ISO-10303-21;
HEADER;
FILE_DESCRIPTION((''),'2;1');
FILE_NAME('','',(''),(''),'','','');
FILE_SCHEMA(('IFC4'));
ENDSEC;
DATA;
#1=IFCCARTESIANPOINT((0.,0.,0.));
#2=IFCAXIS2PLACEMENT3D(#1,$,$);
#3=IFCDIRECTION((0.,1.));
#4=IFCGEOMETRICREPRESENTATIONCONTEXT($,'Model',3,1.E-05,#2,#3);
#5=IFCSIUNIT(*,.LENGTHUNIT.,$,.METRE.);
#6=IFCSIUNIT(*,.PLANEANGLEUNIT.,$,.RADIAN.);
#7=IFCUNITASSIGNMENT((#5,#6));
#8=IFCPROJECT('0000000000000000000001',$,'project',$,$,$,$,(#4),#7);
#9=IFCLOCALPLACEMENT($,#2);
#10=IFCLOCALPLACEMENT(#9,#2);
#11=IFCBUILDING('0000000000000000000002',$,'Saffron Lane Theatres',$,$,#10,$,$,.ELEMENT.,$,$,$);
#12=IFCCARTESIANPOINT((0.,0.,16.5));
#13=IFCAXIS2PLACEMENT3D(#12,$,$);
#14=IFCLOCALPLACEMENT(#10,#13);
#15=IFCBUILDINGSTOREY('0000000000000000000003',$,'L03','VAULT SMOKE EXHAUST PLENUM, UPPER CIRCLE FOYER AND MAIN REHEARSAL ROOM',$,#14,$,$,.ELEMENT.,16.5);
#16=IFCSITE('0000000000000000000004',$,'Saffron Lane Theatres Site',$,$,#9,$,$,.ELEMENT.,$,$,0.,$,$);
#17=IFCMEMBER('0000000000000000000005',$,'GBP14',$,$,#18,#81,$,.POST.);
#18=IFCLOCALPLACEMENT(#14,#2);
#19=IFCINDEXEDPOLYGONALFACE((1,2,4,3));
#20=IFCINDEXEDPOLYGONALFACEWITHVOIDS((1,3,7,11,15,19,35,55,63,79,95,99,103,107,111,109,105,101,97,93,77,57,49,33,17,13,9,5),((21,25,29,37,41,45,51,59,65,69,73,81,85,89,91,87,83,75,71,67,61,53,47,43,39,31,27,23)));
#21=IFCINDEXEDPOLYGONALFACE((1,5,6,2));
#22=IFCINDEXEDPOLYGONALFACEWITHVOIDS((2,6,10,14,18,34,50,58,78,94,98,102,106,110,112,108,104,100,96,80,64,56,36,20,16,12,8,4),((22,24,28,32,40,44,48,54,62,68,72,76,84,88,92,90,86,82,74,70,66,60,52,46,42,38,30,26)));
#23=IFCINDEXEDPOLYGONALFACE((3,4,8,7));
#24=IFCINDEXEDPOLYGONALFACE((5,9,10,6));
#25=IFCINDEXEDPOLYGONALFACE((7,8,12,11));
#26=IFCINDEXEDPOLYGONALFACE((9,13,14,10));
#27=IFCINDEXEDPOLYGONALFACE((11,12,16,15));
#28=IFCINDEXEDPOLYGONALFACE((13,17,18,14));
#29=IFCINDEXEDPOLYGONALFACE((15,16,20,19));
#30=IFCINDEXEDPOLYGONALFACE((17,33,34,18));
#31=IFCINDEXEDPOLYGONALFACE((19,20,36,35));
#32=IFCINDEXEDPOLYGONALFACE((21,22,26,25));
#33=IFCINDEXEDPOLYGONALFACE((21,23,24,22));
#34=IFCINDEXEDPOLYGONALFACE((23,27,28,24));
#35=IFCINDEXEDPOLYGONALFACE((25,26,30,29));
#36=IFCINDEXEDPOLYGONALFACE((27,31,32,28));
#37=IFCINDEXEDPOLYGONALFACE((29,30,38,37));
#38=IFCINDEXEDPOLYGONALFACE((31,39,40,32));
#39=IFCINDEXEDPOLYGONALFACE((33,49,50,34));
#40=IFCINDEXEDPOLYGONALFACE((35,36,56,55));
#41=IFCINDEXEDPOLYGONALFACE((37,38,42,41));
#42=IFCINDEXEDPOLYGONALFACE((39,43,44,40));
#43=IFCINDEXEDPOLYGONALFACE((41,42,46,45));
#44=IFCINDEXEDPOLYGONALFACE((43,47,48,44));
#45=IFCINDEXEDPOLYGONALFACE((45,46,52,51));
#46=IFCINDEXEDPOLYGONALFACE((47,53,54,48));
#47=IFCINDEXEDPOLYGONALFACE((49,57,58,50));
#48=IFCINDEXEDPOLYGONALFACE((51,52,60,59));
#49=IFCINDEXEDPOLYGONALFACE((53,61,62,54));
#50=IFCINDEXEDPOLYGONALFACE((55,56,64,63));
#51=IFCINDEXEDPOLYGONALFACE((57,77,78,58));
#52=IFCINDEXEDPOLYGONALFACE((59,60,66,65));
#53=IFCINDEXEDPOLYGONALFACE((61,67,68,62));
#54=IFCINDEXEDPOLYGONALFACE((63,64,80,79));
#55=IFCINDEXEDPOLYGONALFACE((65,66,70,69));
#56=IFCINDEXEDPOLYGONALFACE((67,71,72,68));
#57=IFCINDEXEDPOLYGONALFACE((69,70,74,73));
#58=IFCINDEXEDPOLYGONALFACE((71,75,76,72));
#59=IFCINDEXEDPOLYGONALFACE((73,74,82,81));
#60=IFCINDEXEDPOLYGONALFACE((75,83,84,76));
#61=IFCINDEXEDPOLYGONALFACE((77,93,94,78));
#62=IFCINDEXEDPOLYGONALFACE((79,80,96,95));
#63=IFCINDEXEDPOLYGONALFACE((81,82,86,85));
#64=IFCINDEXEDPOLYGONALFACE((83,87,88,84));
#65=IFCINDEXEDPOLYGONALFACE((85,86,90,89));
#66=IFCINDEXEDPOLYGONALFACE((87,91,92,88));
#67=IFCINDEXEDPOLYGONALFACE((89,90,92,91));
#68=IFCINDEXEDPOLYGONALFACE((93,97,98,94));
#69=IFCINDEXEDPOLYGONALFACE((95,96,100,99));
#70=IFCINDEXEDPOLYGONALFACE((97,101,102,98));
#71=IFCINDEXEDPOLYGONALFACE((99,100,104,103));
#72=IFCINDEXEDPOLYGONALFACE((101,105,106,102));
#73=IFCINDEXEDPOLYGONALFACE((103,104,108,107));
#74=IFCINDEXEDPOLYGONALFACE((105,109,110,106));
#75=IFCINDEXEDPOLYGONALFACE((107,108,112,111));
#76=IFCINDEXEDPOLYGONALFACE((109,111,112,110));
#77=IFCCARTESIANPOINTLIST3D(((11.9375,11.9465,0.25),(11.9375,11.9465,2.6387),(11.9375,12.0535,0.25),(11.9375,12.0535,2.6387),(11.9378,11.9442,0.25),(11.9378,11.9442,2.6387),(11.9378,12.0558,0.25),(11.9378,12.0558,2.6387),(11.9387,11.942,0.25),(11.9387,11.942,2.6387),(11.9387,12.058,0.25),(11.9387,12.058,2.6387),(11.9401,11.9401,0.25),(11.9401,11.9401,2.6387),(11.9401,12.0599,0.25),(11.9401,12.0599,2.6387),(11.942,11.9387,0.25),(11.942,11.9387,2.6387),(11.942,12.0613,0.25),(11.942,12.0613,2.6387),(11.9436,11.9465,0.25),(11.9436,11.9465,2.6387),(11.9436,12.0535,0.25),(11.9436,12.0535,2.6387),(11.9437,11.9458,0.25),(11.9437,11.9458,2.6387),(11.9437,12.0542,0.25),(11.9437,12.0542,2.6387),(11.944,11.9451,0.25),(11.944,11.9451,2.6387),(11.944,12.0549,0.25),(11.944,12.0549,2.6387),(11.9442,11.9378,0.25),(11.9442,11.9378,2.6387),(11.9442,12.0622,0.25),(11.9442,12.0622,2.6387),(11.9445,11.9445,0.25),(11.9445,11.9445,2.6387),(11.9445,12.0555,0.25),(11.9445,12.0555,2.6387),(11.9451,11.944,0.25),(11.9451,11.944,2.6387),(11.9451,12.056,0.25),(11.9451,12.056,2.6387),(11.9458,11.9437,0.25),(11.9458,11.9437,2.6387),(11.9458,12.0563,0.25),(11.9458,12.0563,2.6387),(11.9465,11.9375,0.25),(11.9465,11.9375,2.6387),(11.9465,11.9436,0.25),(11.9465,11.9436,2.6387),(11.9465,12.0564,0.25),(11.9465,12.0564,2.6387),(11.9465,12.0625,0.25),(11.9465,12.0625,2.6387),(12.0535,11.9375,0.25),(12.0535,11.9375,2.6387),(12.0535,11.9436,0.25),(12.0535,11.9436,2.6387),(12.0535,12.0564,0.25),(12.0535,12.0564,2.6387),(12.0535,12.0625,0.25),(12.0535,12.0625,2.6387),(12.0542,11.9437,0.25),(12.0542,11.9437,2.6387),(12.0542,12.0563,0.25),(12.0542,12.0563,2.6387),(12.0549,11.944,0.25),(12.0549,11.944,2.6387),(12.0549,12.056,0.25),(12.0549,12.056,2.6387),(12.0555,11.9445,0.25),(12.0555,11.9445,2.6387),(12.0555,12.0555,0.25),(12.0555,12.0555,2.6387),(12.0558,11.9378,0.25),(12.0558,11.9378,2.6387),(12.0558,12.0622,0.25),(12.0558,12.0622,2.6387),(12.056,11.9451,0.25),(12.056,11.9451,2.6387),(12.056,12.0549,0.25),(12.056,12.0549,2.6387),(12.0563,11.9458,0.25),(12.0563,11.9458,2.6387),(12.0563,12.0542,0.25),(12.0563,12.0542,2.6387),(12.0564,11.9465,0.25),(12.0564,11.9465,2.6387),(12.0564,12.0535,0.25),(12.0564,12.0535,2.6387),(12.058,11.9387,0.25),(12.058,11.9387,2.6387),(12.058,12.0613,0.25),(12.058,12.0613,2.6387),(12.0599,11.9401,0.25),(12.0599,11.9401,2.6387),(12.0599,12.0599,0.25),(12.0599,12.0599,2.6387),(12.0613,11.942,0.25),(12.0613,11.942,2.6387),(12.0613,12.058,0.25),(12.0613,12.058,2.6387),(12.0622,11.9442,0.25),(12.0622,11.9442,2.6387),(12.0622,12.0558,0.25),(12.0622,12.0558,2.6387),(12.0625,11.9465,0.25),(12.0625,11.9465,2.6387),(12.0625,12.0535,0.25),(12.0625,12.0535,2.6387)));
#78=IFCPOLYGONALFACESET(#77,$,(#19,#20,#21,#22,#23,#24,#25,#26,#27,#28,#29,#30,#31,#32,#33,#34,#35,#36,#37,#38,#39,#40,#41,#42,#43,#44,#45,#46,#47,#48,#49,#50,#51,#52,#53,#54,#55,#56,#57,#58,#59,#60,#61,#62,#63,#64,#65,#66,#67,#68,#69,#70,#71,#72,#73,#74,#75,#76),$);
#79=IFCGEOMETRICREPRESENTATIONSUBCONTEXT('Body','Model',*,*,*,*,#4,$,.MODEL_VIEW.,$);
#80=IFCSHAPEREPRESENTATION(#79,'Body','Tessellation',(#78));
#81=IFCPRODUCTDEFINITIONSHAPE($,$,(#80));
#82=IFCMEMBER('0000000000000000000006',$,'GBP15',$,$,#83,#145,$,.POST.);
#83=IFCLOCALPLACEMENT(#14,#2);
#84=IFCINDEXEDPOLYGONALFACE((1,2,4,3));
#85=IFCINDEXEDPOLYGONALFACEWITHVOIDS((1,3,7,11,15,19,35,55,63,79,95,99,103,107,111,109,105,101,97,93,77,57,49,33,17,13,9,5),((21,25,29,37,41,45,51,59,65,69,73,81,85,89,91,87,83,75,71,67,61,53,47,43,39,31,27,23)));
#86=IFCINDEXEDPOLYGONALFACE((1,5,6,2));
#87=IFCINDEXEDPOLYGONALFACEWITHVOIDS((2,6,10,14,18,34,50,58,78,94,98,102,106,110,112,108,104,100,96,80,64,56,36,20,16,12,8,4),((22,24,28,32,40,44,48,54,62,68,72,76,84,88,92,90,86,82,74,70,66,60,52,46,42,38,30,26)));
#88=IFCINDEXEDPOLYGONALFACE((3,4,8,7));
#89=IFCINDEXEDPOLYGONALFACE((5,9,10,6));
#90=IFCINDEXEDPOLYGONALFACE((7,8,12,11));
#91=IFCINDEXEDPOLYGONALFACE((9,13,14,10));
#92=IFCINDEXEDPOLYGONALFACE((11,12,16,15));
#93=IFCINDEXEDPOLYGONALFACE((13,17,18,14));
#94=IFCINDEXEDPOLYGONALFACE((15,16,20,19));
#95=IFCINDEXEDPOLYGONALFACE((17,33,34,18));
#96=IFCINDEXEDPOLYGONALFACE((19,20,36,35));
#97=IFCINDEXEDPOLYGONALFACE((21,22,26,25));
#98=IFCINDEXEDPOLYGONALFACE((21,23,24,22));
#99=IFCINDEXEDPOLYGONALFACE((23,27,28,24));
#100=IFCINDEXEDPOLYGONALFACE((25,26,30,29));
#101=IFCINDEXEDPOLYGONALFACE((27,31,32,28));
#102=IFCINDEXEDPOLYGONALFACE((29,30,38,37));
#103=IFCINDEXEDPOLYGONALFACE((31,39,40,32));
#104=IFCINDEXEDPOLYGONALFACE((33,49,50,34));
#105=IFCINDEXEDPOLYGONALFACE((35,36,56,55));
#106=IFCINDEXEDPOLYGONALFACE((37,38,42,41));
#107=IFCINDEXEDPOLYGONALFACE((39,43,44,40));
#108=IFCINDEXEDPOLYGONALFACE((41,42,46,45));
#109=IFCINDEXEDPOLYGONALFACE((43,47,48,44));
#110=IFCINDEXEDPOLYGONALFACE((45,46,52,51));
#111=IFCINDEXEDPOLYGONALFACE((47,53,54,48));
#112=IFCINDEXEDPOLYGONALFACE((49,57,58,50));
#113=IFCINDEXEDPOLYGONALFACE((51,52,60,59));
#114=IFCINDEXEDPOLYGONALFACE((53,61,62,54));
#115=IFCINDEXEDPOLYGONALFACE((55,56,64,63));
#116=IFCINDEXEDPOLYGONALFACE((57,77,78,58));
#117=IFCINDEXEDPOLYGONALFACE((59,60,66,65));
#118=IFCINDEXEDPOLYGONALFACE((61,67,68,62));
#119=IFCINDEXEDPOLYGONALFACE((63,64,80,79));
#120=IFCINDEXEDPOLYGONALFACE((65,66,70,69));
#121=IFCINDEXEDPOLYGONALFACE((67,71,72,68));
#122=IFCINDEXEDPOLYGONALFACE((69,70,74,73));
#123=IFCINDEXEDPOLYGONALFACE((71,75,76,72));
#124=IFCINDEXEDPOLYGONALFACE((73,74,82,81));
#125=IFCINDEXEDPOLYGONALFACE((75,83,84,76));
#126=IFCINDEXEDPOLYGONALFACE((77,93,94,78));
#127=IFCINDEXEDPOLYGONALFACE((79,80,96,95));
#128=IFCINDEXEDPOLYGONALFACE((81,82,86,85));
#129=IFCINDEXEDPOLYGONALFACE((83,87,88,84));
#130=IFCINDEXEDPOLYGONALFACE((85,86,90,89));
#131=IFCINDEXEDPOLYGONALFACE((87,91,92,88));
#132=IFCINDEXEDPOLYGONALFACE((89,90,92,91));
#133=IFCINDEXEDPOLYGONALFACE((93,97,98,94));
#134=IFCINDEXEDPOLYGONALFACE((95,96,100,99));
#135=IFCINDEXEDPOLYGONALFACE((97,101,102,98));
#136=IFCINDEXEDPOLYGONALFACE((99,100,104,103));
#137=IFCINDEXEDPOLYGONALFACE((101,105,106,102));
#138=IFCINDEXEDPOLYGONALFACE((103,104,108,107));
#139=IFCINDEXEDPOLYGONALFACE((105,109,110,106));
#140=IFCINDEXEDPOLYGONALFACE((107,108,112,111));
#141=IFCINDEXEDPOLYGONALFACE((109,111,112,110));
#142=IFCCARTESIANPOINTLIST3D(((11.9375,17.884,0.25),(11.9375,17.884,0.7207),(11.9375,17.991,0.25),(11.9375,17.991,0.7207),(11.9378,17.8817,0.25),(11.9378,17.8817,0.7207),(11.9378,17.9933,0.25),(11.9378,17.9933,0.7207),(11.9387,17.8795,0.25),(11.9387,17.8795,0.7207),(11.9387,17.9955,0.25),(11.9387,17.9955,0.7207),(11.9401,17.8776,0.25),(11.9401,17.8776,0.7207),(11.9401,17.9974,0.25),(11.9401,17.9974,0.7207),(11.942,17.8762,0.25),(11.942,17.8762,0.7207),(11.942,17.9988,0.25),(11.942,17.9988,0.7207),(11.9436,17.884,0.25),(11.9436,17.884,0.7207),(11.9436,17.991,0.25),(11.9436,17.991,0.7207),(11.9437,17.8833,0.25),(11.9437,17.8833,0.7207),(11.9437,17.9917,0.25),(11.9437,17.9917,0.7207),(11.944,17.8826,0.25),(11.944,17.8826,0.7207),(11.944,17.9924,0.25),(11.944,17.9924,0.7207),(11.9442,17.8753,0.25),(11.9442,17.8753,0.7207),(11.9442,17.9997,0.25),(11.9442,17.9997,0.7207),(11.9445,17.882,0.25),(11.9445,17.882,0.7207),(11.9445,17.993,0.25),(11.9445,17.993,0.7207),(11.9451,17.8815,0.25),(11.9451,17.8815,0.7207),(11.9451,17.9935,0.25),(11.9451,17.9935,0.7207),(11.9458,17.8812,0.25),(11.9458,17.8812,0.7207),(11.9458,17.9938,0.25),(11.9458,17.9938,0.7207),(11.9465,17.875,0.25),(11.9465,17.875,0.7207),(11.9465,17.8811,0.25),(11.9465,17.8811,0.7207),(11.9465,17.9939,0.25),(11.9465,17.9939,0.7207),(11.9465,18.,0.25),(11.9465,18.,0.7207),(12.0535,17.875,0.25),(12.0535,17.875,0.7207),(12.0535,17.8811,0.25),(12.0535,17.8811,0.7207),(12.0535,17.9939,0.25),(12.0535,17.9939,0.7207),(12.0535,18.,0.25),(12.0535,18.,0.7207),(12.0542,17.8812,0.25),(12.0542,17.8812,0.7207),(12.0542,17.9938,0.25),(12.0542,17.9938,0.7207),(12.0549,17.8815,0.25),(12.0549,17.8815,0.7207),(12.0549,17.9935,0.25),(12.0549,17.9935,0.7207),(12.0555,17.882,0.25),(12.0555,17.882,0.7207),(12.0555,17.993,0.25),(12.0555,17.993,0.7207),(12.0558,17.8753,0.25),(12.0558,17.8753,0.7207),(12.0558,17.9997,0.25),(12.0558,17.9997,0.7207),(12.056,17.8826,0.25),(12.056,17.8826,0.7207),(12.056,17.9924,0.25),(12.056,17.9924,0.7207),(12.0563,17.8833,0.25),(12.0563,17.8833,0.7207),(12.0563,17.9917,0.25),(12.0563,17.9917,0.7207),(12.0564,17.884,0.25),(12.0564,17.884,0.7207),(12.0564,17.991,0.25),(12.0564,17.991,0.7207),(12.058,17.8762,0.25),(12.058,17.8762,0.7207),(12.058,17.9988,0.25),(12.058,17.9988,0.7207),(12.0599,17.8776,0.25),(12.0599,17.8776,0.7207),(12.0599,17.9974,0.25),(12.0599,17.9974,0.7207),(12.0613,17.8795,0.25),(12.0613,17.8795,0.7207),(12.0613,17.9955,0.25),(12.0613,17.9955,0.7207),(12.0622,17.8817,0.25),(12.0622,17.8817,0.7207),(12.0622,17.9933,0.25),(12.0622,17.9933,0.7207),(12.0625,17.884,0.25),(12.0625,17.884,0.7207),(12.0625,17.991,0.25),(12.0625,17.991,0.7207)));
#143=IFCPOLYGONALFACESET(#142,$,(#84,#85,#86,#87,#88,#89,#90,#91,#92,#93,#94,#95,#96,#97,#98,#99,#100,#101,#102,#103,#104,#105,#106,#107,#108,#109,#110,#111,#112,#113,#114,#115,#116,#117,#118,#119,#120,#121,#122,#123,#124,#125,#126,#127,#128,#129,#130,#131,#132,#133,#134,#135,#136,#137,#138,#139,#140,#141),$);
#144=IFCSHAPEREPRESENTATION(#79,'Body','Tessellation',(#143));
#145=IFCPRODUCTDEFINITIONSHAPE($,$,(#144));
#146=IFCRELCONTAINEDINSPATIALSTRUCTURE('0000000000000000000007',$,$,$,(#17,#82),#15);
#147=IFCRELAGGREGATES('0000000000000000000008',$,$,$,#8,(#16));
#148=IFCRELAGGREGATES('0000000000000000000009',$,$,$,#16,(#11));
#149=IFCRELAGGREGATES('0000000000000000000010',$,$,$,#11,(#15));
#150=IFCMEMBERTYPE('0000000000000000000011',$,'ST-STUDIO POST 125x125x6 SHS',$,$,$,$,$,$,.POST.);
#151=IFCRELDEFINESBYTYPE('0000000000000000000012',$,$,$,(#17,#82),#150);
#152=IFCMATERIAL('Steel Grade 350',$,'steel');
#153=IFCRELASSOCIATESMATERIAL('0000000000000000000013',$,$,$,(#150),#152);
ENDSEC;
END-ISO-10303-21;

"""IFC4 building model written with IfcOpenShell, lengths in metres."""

from ifc_helpers import new_model, si_unit, direction, frame, origin, origin_2d, place, context, subcontext, project, spatial, hollow_rectangle, extrude, material, material_profile, profile_set, type_object, element, save


model = new_model("IFC4")

# Units and contexts
model_context = context("Model", 3, precision=1e-05, world=origin(), true_north=direction((0.0, 1.0)))
body_context = subcontext(model_context, "Body", "Model", "MODEL_VIEW")
ifc_project = project(units=[si_unit("LENGTHUNIT", "METRE"), si_unit("PLANEANGLEUNIT", "RADIAN")], contexts=[model_context])

# Site, building, storey
site_placement = place(None, origin())
site = spatial("IfcSite", under=ifc_project, at=site_placement, Name="Saffron Lane Theatres Site", CompositionType="ELEMENT", RefElevation=0.0)
building_placement = place(site_placement, origin())
building = spatial("IfcBuilding", under=site, at=building_placement, Name="Saffron Lane Theatres", CompositionType="ELEMENT")
storey_placement = place(building_placement, frame((0.0, 0.0, 16.5)))
storey = spatial("IfcBuildingStorey", under=building, at=storey_placement, Name="L03", Description="VAULT SMOKE EXHAUST PLENUM, UPPER CIRCLE FOYER AND MAIN REHEARSAL ROOM", CompositionType="ELEMENT", Elevation=16.5)

# Members
ifc_material_1 = material(Name="Steel Grade 350", Category="steel")
ifc_material_profile_1 = material_profile(ifc_material_1, hollow_rectangle(XDim=0.125, YDim=0.125, WallThickness=0.0061, InnerFilletRadius=0.0029, OuterFilletRadius=0.009, at=origin_2d()))
ifc_profile_set_1 = profile_set([ifc_material_profile_1], Name="Steel Grade 350")
member_type_1 = type_object("IfcMemberType", Name="ST-STUDIO POST 125x125x6 SHS", PredefinedType="POST", material=ifc_profile_set_1)
member_1_placement = place(storey_placement, frame((12.0, 12.0, 0.25), z_axis=(0.0, 0.0, 1.0), x_axis=(1.0, 0.0, 0.0)))
element("IfcMember", 1, at=member_1_placement, inside=storey, type_object=member_type_1, Name="GBP14", PredefinedType="POST", context=body_context, shape_type="SweptSolid", body=[
    extrude(hollow_rectangle(XDim=0.125, YDim=0.125, WallThickness=0.0061, InnerFilletRadius=0.0029, OuterFilletRadius=0.009, at=origin_2d()), origin(), (0.0, 0.0, 1.0), 2.3887),
])
member_2_placement = place(storey_placement, frame((12.0, 17.9375, 0.25), z_axis=(0.0, 0.0, 1.0), x_axis=(1.0, 0.0, 0.0)))
element("IfcMember", 2, at=member_2_placement, inside=storey, type_object=member_type_1, Name="GBP15", PredefinedType="POST", context=body_context, shape_type="SweptSolid", body=[
    extrude(hollow_rectangle(XDim=0.125, YDim=0.125, WallThickness=0.0061, InnerFilletRadius=0.0029, OuterFilletRadius=0.009, at=origin_2d()), origin(), (0.0, 0.0, 1.0), 0.4707),
])

save(model, "model.ifc")
